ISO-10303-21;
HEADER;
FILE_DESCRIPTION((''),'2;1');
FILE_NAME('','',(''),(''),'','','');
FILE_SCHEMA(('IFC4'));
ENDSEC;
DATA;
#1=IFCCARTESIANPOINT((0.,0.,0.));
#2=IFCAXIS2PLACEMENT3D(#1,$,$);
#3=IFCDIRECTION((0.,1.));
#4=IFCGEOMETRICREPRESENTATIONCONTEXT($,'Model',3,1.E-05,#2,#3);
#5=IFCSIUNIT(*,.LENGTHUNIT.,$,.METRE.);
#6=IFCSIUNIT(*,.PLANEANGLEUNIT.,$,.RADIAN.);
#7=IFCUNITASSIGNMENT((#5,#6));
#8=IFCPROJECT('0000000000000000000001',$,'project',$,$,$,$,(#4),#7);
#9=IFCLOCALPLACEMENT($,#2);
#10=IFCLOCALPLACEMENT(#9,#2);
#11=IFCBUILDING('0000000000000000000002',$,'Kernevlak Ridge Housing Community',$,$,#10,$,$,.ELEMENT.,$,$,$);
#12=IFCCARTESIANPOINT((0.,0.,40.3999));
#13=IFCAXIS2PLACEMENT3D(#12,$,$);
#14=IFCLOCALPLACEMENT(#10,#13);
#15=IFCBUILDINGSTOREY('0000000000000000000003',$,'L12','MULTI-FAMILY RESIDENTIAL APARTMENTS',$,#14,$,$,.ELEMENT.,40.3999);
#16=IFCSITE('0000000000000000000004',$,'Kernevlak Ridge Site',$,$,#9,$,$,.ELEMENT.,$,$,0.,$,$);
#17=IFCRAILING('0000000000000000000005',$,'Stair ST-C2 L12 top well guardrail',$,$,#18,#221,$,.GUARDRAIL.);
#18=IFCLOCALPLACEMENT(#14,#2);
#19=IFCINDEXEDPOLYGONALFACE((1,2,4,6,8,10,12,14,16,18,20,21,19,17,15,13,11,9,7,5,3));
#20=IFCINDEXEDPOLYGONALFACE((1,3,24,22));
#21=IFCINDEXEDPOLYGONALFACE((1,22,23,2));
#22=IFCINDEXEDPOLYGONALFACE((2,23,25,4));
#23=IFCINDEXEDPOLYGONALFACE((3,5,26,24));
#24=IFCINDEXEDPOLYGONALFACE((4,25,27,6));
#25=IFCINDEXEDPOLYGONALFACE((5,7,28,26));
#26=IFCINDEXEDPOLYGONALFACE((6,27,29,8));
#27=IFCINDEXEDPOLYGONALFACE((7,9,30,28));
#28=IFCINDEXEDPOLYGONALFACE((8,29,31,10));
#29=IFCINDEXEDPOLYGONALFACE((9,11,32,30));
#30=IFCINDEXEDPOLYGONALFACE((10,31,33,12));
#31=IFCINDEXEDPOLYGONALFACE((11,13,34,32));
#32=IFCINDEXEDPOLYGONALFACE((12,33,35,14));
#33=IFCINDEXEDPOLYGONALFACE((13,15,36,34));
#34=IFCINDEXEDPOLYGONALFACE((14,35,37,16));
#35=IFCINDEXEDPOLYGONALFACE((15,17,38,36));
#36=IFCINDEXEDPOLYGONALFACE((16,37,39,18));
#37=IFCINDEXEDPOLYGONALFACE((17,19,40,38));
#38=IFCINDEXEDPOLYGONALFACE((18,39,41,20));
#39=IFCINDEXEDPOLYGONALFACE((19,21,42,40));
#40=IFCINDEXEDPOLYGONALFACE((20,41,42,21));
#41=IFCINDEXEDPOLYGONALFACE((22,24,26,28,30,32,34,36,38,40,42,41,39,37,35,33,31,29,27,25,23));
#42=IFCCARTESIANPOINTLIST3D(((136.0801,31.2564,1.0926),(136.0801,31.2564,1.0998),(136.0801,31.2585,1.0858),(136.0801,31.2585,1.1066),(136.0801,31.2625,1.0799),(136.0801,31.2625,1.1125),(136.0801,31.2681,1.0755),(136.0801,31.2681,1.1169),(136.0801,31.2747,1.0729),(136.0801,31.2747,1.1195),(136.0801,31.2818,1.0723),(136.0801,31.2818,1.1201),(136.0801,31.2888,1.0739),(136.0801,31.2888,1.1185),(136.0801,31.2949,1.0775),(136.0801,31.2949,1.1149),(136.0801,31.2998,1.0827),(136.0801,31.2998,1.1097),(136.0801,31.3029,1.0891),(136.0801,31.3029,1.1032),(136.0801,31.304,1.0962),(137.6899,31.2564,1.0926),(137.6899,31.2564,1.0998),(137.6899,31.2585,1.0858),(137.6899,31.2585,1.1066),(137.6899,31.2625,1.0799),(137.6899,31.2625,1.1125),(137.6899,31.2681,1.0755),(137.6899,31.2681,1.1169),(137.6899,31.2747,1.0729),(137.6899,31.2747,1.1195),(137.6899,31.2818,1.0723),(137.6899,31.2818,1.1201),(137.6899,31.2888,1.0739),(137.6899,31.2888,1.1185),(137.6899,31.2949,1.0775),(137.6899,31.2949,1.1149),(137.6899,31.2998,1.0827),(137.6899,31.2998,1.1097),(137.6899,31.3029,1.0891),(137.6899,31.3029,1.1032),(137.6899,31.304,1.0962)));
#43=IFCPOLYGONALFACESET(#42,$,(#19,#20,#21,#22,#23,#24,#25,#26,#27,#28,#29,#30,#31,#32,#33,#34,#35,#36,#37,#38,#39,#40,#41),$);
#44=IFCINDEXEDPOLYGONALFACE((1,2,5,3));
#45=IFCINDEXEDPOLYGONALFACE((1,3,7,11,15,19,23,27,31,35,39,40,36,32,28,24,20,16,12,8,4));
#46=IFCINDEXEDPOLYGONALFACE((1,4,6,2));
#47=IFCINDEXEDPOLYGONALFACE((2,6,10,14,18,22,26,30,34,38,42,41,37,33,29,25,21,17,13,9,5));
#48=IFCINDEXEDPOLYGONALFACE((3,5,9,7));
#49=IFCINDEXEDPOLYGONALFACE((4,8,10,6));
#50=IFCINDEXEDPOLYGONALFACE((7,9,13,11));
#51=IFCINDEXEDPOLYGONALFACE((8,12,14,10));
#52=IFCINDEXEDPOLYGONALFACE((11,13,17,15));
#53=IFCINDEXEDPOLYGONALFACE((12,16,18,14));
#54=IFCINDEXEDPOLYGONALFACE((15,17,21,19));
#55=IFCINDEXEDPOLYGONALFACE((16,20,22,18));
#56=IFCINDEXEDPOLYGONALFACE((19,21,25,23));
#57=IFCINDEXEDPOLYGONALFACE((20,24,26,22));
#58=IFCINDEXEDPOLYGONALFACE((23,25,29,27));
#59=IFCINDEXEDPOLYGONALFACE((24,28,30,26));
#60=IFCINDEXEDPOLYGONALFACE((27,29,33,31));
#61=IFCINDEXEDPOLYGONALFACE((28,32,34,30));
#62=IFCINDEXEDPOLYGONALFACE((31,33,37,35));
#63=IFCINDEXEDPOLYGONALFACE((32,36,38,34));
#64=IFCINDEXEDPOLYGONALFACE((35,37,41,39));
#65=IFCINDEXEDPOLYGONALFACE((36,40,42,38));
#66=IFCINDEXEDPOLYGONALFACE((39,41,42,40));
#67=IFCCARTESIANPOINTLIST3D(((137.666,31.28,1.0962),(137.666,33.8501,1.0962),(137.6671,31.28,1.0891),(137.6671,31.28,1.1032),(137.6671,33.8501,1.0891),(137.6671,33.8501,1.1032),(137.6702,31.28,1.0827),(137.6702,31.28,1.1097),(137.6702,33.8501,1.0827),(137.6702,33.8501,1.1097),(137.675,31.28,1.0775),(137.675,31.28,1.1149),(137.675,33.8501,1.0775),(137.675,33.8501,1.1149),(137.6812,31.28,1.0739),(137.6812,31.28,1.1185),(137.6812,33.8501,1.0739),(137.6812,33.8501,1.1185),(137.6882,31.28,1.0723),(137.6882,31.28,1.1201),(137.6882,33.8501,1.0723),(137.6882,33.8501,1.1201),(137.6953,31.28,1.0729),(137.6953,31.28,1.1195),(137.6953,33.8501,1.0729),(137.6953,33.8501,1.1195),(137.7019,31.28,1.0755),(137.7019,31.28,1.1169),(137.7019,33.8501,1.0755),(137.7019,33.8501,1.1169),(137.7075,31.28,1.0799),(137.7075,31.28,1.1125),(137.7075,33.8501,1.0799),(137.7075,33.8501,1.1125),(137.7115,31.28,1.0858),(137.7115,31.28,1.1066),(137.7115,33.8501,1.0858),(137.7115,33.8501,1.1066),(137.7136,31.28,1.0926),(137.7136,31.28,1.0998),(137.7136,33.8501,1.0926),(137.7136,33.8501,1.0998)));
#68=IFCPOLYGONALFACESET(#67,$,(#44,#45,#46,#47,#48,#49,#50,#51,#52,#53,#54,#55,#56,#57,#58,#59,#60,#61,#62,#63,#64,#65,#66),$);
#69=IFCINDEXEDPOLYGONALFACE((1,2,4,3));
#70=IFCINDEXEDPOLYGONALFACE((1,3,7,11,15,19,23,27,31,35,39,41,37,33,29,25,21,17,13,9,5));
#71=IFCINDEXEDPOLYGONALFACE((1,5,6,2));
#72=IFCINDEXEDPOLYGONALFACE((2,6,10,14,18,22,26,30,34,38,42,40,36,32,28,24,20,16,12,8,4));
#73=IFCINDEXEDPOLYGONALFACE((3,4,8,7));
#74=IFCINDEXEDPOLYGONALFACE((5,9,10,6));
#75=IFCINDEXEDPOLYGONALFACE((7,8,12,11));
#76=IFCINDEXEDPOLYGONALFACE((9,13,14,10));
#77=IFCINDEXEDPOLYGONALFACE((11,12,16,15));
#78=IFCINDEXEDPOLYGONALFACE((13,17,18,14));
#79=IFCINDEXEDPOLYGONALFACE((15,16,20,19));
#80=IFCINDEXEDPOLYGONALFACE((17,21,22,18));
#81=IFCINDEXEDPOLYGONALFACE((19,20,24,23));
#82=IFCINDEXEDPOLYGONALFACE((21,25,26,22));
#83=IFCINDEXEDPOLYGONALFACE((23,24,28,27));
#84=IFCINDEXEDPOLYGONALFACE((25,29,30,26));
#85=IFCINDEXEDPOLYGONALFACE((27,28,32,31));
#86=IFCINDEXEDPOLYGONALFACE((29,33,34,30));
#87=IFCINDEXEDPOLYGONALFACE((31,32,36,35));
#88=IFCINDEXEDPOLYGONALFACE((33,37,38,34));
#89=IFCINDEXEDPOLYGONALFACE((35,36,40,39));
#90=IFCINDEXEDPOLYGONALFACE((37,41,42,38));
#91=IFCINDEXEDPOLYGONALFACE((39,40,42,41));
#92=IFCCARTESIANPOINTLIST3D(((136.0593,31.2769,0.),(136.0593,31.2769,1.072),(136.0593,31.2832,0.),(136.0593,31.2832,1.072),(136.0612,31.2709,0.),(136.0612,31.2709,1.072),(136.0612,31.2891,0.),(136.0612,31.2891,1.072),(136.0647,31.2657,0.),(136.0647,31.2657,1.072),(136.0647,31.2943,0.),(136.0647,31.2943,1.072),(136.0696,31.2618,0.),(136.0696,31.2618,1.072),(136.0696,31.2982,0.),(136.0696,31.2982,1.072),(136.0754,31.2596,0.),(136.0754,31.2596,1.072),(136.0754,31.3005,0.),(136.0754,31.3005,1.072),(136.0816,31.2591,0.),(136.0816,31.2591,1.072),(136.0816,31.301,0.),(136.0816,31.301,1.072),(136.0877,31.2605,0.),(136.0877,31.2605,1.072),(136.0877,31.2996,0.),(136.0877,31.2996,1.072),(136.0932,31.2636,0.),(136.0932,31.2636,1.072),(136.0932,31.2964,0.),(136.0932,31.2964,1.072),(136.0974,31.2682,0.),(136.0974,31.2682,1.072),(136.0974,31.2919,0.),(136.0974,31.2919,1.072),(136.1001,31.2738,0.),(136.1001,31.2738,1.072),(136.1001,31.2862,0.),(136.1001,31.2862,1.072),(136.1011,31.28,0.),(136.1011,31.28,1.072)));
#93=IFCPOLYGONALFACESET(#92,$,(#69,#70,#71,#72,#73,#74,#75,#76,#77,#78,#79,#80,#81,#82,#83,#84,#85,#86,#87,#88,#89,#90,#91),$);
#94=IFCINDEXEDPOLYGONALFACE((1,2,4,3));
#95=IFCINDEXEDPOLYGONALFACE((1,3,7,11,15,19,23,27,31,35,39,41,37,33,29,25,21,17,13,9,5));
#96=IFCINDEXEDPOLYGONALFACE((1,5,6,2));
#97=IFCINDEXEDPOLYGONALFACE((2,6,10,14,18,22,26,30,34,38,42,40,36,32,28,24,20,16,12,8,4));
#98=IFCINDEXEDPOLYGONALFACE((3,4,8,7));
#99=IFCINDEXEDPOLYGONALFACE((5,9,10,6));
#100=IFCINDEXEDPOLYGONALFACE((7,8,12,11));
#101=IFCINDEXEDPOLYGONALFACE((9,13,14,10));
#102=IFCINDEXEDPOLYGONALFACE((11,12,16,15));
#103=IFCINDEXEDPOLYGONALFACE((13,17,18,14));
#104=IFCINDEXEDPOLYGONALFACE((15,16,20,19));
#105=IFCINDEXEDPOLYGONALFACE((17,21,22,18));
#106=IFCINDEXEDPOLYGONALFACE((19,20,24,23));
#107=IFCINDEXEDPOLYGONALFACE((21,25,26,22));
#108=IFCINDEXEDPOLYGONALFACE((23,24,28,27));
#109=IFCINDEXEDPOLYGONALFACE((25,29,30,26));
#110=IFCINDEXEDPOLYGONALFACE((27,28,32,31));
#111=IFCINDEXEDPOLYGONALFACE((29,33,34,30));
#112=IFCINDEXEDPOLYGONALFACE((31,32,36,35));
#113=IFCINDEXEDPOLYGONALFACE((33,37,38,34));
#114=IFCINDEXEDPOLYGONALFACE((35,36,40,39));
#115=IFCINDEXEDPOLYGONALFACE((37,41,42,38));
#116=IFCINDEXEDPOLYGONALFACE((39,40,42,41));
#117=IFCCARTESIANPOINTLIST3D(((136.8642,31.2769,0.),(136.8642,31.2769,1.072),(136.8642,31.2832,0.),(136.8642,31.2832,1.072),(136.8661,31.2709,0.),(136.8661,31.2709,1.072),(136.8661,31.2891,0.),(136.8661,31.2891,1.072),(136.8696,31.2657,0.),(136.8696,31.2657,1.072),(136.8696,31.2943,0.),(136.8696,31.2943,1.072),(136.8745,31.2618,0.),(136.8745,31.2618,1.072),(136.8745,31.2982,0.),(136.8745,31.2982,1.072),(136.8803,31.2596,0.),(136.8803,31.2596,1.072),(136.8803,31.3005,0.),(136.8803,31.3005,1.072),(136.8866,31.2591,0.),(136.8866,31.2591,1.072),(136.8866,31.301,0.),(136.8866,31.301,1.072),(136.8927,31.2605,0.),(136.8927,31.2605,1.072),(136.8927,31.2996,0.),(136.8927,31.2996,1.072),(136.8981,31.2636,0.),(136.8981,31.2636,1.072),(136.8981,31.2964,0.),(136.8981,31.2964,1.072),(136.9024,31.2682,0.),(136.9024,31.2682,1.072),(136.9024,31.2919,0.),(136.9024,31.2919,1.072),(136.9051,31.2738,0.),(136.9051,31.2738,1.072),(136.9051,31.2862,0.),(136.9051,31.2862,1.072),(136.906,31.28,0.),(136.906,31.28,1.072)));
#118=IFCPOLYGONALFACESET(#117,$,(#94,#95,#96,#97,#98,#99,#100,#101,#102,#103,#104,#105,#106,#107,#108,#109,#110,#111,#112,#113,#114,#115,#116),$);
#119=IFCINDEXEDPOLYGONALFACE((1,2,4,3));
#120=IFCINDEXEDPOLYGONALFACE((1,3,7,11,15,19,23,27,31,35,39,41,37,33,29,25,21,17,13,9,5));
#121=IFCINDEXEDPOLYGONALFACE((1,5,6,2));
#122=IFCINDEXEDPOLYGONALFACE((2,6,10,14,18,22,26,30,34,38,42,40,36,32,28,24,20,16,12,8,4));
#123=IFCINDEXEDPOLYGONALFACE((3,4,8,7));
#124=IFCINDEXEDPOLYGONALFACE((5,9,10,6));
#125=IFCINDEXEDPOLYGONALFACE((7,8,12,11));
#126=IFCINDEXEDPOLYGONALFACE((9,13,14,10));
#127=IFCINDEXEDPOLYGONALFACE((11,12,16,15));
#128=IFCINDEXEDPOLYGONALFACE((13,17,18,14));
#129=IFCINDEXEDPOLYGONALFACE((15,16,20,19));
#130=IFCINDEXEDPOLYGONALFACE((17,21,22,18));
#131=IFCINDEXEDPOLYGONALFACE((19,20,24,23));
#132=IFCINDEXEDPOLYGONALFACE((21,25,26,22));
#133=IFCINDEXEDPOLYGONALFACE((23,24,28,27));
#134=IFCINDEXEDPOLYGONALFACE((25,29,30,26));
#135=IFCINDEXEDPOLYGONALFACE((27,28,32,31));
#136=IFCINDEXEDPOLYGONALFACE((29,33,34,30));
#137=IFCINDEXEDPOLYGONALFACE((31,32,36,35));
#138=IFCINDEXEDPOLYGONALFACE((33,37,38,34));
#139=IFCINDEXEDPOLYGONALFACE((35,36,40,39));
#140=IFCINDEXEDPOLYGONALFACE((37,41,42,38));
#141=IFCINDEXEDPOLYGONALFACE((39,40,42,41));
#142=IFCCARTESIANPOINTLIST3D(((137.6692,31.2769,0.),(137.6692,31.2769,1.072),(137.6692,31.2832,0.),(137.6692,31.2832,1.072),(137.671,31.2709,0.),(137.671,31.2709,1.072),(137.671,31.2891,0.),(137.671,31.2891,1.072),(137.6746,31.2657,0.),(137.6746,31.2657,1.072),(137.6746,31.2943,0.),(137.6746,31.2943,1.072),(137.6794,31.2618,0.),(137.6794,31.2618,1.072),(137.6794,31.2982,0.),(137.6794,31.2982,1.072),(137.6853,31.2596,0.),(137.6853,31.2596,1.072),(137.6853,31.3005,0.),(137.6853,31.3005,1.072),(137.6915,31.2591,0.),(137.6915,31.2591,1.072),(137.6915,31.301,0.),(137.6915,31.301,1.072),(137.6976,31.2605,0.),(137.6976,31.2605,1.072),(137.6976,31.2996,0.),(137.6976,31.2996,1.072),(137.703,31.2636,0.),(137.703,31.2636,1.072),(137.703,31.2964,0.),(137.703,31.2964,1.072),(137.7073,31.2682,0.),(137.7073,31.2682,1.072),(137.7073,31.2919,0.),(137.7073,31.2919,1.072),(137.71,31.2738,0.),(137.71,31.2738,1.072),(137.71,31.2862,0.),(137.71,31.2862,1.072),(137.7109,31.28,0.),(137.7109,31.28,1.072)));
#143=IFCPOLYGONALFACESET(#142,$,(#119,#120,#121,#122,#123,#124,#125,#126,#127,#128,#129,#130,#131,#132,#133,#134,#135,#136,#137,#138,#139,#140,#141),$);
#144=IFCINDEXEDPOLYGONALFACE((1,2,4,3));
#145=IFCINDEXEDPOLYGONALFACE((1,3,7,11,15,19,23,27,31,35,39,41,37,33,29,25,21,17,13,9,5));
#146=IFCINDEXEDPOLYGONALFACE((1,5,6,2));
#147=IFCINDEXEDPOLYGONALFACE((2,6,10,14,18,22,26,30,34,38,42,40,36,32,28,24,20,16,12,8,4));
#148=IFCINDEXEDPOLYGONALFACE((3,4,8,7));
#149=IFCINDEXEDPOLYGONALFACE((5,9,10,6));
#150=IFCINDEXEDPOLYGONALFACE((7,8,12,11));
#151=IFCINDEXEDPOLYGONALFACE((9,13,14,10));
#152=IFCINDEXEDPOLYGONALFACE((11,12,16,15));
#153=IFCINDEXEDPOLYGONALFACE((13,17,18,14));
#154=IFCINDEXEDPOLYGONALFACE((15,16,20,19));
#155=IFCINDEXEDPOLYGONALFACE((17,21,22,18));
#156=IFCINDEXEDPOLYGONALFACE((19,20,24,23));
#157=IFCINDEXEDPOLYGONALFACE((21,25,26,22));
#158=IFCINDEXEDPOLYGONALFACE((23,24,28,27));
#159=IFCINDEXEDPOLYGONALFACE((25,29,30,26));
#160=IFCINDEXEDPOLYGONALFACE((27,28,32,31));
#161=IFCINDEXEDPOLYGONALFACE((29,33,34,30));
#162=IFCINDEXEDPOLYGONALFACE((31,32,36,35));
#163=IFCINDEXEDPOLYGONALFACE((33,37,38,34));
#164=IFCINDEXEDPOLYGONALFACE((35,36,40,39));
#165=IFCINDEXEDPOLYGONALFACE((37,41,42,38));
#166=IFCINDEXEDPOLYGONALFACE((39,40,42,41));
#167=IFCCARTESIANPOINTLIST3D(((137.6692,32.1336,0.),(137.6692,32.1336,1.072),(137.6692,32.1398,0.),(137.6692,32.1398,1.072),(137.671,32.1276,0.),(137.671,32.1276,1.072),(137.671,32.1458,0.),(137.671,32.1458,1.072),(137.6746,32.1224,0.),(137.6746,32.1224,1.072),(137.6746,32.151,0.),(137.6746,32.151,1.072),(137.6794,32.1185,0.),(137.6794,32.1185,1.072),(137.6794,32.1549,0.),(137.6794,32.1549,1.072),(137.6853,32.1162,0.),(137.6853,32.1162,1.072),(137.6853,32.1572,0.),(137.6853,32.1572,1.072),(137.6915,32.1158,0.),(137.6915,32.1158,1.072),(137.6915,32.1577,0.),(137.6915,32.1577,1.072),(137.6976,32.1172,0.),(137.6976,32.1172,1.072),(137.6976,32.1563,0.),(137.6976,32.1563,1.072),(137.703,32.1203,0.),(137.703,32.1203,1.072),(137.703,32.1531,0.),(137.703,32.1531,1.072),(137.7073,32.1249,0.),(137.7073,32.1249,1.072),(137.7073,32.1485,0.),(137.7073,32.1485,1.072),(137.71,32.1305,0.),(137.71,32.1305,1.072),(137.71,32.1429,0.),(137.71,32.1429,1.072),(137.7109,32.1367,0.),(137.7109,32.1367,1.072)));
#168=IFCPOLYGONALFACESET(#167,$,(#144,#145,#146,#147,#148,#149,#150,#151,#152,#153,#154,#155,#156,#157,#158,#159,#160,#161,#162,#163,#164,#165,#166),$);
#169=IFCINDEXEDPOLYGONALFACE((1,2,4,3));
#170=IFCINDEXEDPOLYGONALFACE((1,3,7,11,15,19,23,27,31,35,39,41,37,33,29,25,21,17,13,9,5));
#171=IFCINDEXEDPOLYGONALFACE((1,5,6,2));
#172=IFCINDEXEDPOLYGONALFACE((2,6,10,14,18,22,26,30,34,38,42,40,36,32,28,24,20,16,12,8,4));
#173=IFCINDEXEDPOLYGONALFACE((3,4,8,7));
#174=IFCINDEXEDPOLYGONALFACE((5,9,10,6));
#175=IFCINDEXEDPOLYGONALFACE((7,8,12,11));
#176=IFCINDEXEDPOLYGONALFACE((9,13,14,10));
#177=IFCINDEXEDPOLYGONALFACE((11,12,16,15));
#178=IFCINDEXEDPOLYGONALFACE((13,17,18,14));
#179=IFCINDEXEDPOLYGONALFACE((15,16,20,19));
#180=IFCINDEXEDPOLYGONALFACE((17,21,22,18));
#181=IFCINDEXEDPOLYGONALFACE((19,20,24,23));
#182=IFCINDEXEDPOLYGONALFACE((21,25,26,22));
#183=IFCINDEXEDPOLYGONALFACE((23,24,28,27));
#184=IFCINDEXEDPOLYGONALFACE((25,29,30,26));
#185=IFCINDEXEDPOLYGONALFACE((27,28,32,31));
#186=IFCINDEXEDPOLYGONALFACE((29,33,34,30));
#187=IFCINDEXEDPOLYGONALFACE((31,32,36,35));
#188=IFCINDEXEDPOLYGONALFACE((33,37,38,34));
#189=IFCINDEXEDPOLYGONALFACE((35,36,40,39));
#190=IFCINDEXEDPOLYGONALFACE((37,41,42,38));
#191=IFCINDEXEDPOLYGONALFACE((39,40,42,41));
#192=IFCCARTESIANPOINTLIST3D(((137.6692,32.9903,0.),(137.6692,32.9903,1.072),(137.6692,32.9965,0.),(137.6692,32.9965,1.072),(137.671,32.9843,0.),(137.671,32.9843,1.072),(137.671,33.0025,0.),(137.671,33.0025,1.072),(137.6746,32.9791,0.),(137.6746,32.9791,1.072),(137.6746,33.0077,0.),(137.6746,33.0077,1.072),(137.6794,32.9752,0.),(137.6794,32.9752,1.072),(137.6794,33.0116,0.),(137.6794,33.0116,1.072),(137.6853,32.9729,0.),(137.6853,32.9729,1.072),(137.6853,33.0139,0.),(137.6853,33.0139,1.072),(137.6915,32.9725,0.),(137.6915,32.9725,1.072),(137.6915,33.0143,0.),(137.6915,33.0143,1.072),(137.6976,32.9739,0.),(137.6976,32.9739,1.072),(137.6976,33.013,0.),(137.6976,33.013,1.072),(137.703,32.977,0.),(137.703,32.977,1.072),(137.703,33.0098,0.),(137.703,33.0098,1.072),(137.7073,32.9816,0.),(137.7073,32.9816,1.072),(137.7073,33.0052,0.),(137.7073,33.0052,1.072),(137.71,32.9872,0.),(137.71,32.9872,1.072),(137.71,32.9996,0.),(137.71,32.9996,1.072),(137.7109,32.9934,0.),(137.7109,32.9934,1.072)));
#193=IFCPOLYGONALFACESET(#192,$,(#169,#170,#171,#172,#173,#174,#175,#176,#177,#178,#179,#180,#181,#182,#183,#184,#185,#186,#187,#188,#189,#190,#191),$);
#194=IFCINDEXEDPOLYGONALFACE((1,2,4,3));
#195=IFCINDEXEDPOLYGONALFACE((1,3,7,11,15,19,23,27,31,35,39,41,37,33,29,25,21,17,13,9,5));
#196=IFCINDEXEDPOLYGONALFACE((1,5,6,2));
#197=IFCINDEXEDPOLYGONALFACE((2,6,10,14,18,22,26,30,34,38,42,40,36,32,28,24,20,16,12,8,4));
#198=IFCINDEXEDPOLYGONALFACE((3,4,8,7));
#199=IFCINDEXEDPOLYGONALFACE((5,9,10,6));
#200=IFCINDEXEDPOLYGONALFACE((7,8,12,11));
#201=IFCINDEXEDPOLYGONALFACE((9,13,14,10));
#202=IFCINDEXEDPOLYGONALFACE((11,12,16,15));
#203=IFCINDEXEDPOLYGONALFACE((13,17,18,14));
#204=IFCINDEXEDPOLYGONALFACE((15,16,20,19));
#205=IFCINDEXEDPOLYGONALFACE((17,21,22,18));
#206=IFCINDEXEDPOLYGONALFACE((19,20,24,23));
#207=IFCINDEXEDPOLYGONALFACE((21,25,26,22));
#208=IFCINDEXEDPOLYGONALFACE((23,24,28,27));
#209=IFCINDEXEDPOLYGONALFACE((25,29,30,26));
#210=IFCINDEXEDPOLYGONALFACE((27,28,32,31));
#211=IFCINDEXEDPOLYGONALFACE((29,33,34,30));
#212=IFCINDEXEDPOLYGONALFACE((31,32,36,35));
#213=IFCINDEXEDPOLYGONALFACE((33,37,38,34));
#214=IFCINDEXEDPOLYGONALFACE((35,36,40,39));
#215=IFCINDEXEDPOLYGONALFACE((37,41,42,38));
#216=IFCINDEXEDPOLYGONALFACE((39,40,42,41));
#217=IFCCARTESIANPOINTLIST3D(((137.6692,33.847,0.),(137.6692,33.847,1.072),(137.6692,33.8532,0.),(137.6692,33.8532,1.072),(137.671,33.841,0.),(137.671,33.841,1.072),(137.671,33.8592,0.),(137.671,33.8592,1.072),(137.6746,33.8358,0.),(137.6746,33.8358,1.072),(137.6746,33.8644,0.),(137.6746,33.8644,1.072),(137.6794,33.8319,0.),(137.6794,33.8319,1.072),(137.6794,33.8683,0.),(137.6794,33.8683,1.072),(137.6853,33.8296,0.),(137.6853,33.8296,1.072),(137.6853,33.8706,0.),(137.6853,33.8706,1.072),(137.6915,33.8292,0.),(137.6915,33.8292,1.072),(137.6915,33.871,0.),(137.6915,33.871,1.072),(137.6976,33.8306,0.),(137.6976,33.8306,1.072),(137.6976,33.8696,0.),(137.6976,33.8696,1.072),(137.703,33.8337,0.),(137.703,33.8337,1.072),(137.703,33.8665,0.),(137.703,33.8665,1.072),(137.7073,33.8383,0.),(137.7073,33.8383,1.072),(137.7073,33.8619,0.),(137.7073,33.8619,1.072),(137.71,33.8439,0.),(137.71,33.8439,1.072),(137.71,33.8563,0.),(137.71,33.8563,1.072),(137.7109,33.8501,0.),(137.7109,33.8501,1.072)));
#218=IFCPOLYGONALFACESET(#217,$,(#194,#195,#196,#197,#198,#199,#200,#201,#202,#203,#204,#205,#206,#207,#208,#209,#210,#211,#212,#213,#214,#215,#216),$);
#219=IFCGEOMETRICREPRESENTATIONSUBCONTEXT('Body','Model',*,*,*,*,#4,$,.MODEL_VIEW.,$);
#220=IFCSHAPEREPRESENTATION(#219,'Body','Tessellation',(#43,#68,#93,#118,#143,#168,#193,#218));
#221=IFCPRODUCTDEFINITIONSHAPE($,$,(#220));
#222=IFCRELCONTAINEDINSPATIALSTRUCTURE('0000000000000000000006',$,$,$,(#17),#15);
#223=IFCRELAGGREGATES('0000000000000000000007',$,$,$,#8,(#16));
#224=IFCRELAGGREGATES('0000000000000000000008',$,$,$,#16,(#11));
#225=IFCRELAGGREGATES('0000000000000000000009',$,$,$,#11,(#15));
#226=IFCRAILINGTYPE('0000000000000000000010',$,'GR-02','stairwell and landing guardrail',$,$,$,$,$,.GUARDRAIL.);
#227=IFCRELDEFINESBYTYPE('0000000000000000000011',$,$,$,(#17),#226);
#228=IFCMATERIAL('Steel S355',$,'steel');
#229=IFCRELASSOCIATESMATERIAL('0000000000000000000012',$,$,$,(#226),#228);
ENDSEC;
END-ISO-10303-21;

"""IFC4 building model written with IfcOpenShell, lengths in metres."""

from ifc_helpers import new_model, si_unit, direction, frame, origin, origin_2d, place, context, subcontext, project, spatial, circle, extrude, material, type_object, element, save


model = new_model("IFC4")

# Units and contexts
model_context = context("Model", 3, precision=1e-05, world=origin(), true_north=direction((0.0, 1.0)))
body_context = subcontext(model_context, "Body", "Model", "MODEL_VIEW")
ifc_project = project(units=[si_unit("LENGTHUNIT", "METRE"), si_unit("PLANEANGLEUNIT", "RADIAN")], contexts=[model_context])

# Site, building, storey
site_placement = place(None, origin())
site = spatial("IfcSite", under=ifc_project, at=site_placement, Name="Kernevlak Ridge Site", CompositionType="ELEMENT", RefElevation=0.0)
building_placement = place(site_placement, origin())
building = spatial("IfcBuilding", under=site, at=building_placement, Name="Kernevlak Ridge Housing Community", CompositionType="ELEMENT")
storey_placement = place(building_placement, frame((0.0, 0.0, 40.3999)))
storey = spatial("IfcBuildingStorey", under=building, at=storey_placement, Name="L12", Description="MULTI-FAMILY RESIDENTIAL APARTMENTS", CompositionType="ELEMENT", Elevation=40.3999)

# Railing
ifc_material_1 = material(Name="Steel S355", Category="steel")
railing_type_1 = type_object("IfcRailingType", Name="GR-02", Description="stairwell and landing guardrail", PredefinedType="GUARDRAIL", material=ifc_material_1)
railing_1_placement = place(storey_placement, frame((136.0801, 31.28, 0.0)))
element("IfcRailing", 1, at=railing_1_placement, inside=storey, type_object=railing_type_1, Name="Stair ST-C2 L12 top well guardrail", PredefinedType="GUARDRAIL", context=body_context, shape_type="SweptSolid", body=[
    extrude(circle(Radius=0.0239, at=origin_2d()), frame((0.0, 0.0, 1.0962), z_axis=(1.0, 0.0, 0.0), x_axis=(0.0, 1.0, 0.0)), (0.0, 0.0, 1.0), 1.6099),
    extrude(circle(Radius=0.0239, at=origin_2d()), frame((1.6099, 0.0, 1.0962), z_axis=(0.0, 1.0, 0.0), x_axis=(-1.0, 0.0, 0.0)), (0.0, 0.0, 1.0), 2.5701),
    extrude(circle(Radius=0.021, at=origin_2d()), origin(), (0.0, 0.0, 1.0), 1.072),
    extrude(circle(Radius=0.021, at=origin_2d()), frame((0.8049, 0.0, 0.0)), (0.0, 0.0, 1.0), 1.072),
    extrude(circle(Radius=0.021, at=origin_2d()), frame((1.6099, 0.0, 0.0)), (0.0, 0.0, 1.0), 1.072),
    extrude(circle(Radius=0.021, at=origin_2d()), frame((1.6099, 0.8567, 0.0)), (0.0, 0.0, 1.0), 1.072),
    extrude(circle(Radius=0.021, at=origin_2d()), frame((1.6099, 1.7134, 0.0)), (0.0, 0.0, 1.0), 1.072),
    extrude(circle(Radius=0.021, at=origin_2d()), frame((1.6099, 2.5701, 0.0)), (0.0, 0.0, 1.0), 1.072),
])

save(model, "model.ifc")
